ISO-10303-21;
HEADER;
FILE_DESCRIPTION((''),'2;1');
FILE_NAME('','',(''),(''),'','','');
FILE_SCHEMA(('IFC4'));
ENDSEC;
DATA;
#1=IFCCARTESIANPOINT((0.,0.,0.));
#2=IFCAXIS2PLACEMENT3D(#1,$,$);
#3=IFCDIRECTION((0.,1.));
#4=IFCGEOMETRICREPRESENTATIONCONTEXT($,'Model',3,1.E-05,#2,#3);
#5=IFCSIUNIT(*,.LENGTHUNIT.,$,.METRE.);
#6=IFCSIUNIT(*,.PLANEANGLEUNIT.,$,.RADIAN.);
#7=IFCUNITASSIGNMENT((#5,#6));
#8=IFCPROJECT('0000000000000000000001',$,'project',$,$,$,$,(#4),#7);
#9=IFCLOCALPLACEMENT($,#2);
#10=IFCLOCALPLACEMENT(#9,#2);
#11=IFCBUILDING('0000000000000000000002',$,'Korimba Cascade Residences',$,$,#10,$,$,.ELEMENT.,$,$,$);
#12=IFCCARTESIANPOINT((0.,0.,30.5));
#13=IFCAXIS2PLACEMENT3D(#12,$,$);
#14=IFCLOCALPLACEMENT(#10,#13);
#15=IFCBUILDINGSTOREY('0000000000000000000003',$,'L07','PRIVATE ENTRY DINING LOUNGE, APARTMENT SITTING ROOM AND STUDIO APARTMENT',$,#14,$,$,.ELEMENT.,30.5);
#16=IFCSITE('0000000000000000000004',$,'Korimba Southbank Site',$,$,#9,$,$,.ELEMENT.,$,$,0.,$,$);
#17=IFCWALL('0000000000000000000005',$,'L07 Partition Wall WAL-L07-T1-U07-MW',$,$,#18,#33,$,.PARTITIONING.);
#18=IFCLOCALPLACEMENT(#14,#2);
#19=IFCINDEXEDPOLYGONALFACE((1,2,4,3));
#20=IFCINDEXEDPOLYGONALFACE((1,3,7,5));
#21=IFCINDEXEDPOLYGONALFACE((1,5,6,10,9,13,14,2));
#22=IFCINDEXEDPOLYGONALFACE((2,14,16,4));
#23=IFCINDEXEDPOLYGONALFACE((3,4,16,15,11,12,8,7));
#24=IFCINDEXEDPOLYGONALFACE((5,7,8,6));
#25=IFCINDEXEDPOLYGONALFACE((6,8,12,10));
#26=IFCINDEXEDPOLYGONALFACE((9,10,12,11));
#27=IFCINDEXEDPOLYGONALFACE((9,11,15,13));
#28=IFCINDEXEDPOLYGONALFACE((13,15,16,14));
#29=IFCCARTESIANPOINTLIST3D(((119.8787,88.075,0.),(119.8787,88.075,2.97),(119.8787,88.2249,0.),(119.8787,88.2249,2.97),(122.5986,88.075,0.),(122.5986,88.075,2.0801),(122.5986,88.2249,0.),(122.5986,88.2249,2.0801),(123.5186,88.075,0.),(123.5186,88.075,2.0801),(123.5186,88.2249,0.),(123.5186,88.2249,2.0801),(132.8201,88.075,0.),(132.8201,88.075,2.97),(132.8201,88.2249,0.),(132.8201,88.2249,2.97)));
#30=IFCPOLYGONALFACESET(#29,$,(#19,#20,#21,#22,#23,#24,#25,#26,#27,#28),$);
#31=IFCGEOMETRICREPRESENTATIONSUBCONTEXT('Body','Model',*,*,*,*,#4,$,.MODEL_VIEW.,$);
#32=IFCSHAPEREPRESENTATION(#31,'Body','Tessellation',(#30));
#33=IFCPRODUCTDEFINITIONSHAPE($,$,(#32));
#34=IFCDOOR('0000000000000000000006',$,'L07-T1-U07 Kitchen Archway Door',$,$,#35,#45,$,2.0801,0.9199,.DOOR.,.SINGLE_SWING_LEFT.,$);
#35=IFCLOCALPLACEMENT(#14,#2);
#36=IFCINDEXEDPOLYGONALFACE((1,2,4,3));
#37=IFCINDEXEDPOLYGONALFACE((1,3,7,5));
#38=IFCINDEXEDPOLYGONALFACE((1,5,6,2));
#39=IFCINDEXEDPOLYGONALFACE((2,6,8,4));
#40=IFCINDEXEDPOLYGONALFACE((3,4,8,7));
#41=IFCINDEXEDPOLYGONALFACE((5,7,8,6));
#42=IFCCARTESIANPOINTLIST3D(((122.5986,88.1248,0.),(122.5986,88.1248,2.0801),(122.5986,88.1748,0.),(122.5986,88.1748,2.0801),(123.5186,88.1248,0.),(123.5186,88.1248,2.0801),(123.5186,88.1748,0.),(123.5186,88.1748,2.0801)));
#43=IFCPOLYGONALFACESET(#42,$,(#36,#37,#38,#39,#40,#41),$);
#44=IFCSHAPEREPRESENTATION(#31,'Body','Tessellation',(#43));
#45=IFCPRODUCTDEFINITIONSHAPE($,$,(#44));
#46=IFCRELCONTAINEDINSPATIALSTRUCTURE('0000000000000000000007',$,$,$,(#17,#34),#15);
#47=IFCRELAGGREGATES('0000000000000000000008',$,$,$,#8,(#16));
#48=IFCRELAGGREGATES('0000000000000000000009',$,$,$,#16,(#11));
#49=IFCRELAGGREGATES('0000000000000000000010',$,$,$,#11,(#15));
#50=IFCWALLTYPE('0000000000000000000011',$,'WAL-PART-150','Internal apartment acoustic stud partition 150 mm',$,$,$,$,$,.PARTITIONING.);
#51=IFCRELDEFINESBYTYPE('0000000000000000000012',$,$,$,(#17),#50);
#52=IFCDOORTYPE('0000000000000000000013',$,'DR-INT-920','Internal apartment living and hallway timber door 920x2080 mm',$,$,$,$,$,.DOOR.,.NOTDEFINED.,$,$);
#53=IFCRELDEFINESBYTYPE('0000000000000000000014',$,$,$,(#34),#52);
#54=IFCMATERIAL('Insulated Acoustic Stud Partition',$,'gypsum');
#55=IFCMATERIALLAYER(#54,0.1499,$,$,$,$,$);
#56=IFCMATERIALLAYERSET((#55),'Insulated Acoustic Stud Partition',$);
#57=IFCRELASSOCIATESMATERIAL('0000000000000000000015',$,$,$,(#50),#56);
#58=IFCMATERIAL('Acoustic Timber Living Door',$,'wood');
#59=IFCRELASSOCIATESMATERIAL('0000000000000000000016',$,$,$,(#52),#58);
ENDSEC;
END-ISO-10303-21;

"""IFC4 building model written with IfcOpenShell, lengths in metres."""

from ifc_helpers import new_model, si_unit, direction, frame, frame_2d, origin, place, context, subcontext, project, spatial, rectangle, extrude, material, layer, layer_set, type_object, element, fill, save


model = new_model("IFC4")

# Units and contexts
model_context = context("Model", 3, precision=1e-05, world=origin(), true_north=direction((0.0, 1.0)))
body_context = subcontext(model_context, "Body", "Model", "MODEL_VIEW")
ifc_project = project(units=[si_unit("LENGTHUNIT", "METRE"), si_unit("PLANEANGLEUNIT", "RADIAN")], contexts=[model_context])

# Site, building, storey
site_placement = place(None, origin())
site = spatial("IfcSite", under=ifc_project, at=site_placement, Name="Korimba Southbank Site", CompositionType="ELEMENT", RefElevation=0.0)
building_placement = place(site_placement, origin())
building = spatial("IfcBuilding", under=site, at=building_placement, Name="Korimba Cascade Residences", CompositionType="ELEMENT")
storey_placement = place(building_placement, frame((0.0, 0.0, 30.5)))
storey = spatial("IfcBuildingStorey", under=building, at=storey_placement, Name="L07", Description="PRIVATE ENTRY DINING LOUNGE, APARTMENT SITTING ROOM AND STUDIO APARTMENT", CompositionType="ELEMENT", Elevation=30.5)

# Shared definitions
ifc_material_1 = material(Name="Insulated Acoustic Stud Partition", Category="gypsum")
ifc_layer_1 = layer(ifc_material_1, 0.1499)
ifc_layer_set_1 = layer_set([ifc_layer_1], Name="Insulated Acoustic Stud Partition")
wall_type_1 = type_object("IfcWallType", Name="WAL-PART-150", Description="Internal apartment acoustic stud partition 150 mm", PredefinedType="PARTITIONING", material=ifc_layer_set_1)

# Wall, opening, door
wall_1_placement = place(storey_placement, frame((119.8787, 88.1499, 0.0), z_axis=(0.0, 0.0, 1.0), x_axis=(1.0, 0.0, 0.0)))
wall_1 = element("IfcWall", 1, at=wall_1_placement, inside=storey, type_object=wall_type_1, Name="L07 Partition Wall WAL-L07-T1-U07-MW", PredefinedType="PARTITIONING", context=body_context, shape_type="SweptSolid", body=[
    extrude(rectangle(XDim=12.9414, YDim=0.1499, at=frame_2d((6.4707, 0.0))), origin(), (0.0, 0.0, 1.0), 2.97),
])
opening_1_placement = place(wall_1_placement, frame((2.72, 0.0, 0.0)))
opening_1 = element("IfcOpeningElement", 2, at=opening_1_placement, cuts=wall_1, PredefinedType="OPENING", context=body_context, shape_type="SweptSolid", body=[
    extrude(rectangle(XDim=0.9199, YDim=2.0801, at=frame_2d((0.46, 1.04))), frame((0.0, 0.085, 0.0), z_axis=(0.0, -1.0, 0.0), x_axis=(1.0, 0.0, 0.0)), (0.0, 0.0, 1.0), 0.1699),
])
ifc_material_2 = material(Name="Acoustic Timber Living Door", Category="wood")
door_type_1 = type_object("IfcDoorType", Name="DR-INT-920", Description="Internal apartment living and hallway timber door 920x2080 mm", OperationType="NOTDEFINED", PredefinedType="DOOR", material=ifc_material_2)
door_1_placement = place(opening_1_placement, origin())
door_1 = element("IfcDoor", 3, at=door_1_placement, inside=storey, type_object=door_type_1, Name="L07-T1-U07 Kitchen Archway Door", OperationType="SINGLE_SWING_LEFT", OverallHeight=2.0801, OverallWidth=0.9199, PredefinedType="DOOR", context=body_context, shape_type="SweptSolid", body=[
    extrude(rectangle(XDim=0.9199, YDim=2.0801, at=frame_2d((0.46, 1.04))), frame((0.0, 0.0249, 0.0), z_axis=(0.0, -1.0, 0.0), x_axis=(1.0, 0.0, 0.0)), (0.0, 0.0, 1.0), 0.05),
])
fill(opening_1, door_1)

save(model, "model.ifc")
